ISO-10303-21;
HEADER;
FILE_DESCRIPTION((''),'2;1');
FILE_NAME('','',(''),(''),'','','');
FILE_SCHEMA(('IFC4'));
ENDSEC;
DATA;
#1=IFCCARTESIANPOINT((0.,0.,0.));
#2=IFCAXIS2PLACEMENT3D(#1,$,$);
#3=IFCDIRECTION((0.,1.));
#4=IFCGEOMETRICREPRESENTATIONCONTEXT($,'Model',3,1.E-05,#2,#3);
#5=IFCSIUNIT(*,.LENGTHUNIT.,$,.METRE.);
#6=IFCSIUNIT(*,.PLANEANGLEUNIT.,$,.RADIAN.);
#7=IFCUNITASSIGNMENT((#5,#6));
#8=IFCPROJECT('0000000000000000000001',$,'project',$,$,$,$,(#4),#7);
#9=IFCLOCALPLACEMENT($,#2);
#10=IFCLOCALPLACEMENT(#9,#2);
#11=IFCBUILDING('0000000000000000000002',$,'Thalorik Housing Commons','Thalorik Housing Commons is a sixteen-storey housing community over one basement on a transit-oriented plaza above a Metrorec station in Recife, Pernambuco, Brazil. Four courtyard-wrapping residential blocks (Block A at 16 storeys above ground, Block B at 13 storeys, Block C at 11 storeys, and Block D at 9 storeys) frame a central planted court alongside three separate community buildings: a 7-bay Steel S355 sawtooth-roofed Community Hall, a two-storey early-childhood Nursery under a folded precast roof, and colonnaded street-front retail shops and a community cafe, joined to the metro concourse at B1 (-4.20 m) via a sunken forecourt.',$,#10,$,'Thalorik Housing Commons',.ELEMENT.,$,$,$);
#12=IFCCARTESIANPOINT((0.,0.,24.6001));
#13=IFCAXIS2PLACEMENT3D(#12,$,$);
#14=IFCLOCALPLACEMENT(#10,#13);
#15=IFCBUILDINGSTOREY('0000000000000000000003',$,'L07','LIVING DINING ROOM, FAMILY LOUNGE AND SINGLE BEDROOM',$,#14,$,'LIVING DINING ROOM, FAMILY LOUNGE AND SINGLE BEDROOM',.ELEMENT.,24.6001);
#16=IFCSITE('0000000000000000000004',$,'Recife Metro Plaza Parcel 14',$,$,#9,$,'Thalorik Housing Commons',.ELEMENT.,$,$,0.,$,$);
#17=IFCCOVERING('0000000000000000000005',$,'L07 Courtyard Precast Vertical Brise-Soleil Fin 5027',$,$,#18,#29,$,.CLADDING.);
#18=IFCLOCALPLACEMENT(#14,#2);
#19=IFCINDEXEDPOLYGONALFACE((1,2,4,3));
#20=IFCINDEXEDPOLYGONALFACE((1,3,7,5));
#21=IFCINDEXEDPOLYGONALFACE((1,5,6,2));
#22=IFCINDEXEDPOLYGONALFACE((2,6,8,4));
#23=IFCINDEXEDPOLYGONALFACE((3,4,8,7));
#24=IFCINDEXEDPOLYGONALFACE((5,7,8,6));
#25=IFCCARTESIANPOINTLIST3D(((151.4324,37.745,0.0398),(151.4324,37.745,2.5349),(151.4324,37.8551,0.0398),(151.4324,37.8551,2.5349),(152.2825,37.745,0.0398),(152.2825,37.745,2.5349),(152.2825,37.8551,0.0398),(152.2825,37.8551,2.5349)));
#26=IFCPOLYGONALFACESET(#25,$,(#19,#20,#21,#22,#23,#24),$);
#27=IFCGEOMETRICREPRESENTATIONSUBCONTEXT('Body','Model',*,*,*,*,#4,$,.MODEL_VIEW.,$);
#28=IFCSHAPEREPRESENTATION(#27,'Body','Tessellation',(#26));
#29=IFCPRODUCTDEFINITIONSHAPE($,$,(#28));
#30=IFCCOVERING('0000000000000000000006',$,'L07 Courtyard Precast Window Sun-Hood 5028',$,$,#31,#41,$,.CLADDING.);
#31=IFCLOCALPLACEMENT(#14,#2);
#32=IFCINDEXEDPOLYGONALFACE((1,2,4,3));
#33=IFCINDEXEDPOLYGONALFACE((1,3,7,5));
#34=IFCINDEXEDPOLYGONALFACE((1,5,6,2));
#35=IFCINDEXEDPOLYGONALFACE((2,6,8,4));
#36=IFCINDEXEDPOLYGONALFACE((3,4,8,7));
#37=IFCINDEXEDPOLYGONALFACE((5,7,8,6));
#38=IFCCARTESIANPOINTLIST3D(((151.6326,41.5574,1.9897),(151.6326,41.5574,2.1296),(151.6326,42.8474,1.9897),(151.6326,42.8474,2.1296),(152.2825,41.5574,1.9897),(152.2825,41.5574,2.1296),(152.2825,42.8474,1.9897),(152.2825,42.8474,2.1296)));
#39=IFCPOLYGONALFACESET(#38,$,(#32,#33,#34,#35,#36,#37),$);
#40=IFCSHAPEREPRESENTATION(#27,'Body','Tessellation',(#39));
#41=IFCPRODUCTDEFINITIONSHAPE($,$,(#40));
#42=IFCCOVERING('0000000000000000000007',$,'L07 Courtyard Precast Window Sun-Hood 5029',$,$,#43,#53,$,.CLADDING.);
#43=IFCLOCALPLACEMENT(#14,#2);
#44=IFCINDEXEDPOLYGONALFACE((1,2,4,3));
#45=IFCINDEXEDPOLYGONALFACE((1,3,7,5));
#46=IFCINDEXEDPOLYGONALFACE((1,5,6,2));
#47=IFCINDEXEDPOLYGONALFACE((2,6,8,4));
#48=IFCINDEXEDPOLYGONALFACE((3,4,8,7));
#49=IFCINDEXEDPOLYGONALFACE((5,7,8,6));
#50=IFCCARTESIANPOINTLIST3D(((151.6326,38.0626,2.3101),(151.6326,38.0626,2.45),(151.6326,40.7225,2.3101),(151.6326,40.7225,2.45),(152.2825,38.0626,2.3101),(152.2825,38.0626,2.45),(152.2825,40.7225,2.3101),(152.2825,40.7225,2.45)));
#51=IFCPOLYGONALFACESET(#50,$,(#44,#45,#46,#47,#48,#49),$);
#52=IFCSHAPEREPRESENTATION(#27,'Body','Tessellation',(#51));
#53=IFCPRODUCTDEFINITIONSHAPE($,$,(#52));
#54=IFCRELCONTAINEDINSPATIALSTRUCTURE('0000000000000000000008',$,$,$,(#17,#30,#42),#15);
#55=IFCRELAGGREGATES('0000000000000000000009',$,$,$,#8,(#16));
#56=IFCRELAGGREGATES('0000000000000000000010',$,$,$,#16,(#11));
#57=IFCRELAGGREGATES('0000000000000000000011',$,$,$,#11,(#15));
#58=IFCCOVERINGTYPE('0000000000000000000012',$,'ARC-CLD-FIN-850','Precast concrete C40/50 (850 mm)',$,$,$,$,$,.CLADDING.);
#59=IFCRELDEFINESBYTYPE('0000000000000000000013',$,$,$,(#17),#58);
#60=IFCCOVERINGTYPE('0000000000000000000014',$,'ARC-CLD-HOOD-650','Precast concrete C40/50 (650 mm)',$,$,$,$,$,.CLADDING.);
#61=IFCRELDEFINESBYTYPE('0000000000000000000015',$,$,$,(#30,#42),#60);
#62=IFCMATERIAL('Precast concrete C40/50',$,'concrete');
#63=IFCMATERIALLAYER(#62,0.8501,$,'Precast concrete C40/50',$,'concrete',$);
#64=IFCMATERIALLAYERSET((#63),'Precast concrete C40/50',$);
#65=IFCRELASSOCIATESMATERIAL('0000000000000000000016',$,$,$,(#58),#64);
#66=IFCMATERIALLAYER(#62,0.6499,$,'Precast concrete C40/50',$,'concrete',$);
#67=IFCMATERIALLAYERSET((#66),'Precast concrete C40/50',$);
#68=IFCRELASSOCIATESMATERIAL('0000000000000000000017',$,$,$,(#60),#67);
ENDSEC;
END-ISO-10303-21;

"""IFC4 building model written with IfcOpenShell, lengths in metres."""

from ifc_helpers import new_model, si_unit, direction, frame, origin, origin_2d, place, context, subcontext, project, spatial, rectangle, extrude, material, layer, layer_set, type_object, element, save


model = new_model("IFC4")

# Units and contexts
model_context = context("Model", 3, precision=1e-05, world=origin(), true_north=direction((0.0, 1.0)))
body_context = subcontext(model_context, "Body", "Model", "MODEL_VIEW")
ifc_project = project(units=[si_unit("LENGTHUNIT", "METRE"), si_unit("PLANEANGLEUNIT", "RADIAN")], contexts=[model_context])

# Site, building, storey
site_placement = place(None, origin())
site = spatial("IfcSite", under=ifc_project, at=site_placement, Name="Recife Metro Plaza Parcel 14", LongName="Thalorik Housing Commons", CompositionType="ELEMENT", RefElevation=0.0)
building_placement = place(site_placement, origin())
building = spatial("IfcBuilding", under=site, at=building_placement, Name="Thalorik Housing Commons", Description="Thalorik Housing Commons is a sixteen-storey housing community over one basement on a transit-oriented plaza above a Metrorec station in Recife, Pernambuco, Brazil. Four courtyard-wrapping residential blocks (Block A at 16 storeys above ground, Block B at 13 storeys, Block C at 11 storeys, and Block D at 9 storeys) frame a central planted court alongside three separate community buildings: a 7-bay Steel S355 sawtooth-roofed Community Hall, a two-storey early-childhood Nursery under a folded precast roof, and colonnaded street-front retail shops and a community cafe, joined to the metro concourse at B1 (-4.20 m) via a sunken forecourt.", LongName="Thalorik Housing Commons", CompositionType="ELEMENT")
storey_placement = place(building_placement, frame((0.0, 0.0, 24.6001)))
storey = spatial("IfcBuildingStorey", under=building, at=storey_placement, Name="L07", Description="LIVING DINING ROOM, FAMILY LOUNGE AND SINGLE BEDROOM", LongName="LIVING DINING ROOM, FAMILY LOUNGE AND SINGLE BEDROOM", CompositionType="ELEMENT", Elevation=24.6001)

# Shared definitions
ifc_material_1 = material(Name="Precast concrete C40/50", Category="concrete")

# Coverings
ifc_layer_1 = layer(ifc_material_1, 0.8501, Name="Precast concrete C40/50", Category="concrete")
ifc_layer_set_1 = layer_set([ifc_layer_1], Name="Precast concrete C40/50")
covering_type_1 = type_object("IfcCoveringType", Name="ARC-CLD-FIN-850", Description="Precast concrete C40/50 (850 mm)", PredefinedType="CLADDING", material=ifc_layer_set_1)
for number, where, z_axis, x_axis, name in (
    (1, (151.8574, 37.8, 0.0398), (0.0, 0.0, 1.0), (0.0, -1.0, 0.0), "L07 Courtyard Precast Vertical Brise-Soleil Fin 5027"),
):
    element("IfcCovering", number, at=place(storey_placement, frame(where, z_axis=z_axis, x_axis=x_axis)), inside=storey, type_object=covering_type_1, Name=name, PredefinedType="CLADDING", context=body_context, shape_type="SweptSolid", body=[
        extrude(rectangle(XDim=0.1101, YDim=0.8501, at=origin_2d()), origin(), (0.0, 0.0, 1.0), 2.4951),
    ])
ifc_layer_2 = layer(ifc_material_1, 0.6499, Name="Precast concrete C40/50", Category="concrete")
ifc_layer_set_2 = layer_set([ifc_layer_2], Name="Precast concrete C40/50")
covering_type_2 = type_object("IfcCoveringType", Name="ARC-CLD-HOOD-650", Description="Precast concrete C40/50 (650 mm)", PredefinedType="CLADDING", material=ifc_layer_set_2)
covering_1_placement = place(storey_placement, frame((151.9575, 42.2024, 1.9897), z_axis=(0.0, 0.0, 1.0), x_axis=(0.0, -1.0, 0.0)))
element("IfcCovering", 2, at=covering_1_placement, inside=storey, type_object=covering_type_2, Name="L07 Courtyard Precast Window Sun-Hood 5028", PredefinedType="CLADDING", context=body_context, shape_type="SweptSolid", body=[
    extrude(rectangle(XDim=1.29, YDim=0.6499, at=origin_2d()), origin(), (0.0, 0.0, 1.0), 0.1399),
])
covering_2_placement = place(storey_placement, frame((151.9575, 39.3926, 2.3101), z_axis=(0.0, 0.0, 1.0), x_axis=(0.0, -1.0, 0.0)))
element("IfcCovering", 3, at=covering_2_placement, inside=storey, type_object=covering_type_2, Name="L07 Courtyard Precast Window Sun-Hood 5029", PredefinedType="CLADDING", context=body_context, shape_type="SweptSolid", body=[
    extrude(rectangle(XDim=2.6599, YDim=0.6499, at=origin_2d()), origin(), (0.0, 0.0, 1.0), 0.1399),
])

save(model, "model.ifc")
